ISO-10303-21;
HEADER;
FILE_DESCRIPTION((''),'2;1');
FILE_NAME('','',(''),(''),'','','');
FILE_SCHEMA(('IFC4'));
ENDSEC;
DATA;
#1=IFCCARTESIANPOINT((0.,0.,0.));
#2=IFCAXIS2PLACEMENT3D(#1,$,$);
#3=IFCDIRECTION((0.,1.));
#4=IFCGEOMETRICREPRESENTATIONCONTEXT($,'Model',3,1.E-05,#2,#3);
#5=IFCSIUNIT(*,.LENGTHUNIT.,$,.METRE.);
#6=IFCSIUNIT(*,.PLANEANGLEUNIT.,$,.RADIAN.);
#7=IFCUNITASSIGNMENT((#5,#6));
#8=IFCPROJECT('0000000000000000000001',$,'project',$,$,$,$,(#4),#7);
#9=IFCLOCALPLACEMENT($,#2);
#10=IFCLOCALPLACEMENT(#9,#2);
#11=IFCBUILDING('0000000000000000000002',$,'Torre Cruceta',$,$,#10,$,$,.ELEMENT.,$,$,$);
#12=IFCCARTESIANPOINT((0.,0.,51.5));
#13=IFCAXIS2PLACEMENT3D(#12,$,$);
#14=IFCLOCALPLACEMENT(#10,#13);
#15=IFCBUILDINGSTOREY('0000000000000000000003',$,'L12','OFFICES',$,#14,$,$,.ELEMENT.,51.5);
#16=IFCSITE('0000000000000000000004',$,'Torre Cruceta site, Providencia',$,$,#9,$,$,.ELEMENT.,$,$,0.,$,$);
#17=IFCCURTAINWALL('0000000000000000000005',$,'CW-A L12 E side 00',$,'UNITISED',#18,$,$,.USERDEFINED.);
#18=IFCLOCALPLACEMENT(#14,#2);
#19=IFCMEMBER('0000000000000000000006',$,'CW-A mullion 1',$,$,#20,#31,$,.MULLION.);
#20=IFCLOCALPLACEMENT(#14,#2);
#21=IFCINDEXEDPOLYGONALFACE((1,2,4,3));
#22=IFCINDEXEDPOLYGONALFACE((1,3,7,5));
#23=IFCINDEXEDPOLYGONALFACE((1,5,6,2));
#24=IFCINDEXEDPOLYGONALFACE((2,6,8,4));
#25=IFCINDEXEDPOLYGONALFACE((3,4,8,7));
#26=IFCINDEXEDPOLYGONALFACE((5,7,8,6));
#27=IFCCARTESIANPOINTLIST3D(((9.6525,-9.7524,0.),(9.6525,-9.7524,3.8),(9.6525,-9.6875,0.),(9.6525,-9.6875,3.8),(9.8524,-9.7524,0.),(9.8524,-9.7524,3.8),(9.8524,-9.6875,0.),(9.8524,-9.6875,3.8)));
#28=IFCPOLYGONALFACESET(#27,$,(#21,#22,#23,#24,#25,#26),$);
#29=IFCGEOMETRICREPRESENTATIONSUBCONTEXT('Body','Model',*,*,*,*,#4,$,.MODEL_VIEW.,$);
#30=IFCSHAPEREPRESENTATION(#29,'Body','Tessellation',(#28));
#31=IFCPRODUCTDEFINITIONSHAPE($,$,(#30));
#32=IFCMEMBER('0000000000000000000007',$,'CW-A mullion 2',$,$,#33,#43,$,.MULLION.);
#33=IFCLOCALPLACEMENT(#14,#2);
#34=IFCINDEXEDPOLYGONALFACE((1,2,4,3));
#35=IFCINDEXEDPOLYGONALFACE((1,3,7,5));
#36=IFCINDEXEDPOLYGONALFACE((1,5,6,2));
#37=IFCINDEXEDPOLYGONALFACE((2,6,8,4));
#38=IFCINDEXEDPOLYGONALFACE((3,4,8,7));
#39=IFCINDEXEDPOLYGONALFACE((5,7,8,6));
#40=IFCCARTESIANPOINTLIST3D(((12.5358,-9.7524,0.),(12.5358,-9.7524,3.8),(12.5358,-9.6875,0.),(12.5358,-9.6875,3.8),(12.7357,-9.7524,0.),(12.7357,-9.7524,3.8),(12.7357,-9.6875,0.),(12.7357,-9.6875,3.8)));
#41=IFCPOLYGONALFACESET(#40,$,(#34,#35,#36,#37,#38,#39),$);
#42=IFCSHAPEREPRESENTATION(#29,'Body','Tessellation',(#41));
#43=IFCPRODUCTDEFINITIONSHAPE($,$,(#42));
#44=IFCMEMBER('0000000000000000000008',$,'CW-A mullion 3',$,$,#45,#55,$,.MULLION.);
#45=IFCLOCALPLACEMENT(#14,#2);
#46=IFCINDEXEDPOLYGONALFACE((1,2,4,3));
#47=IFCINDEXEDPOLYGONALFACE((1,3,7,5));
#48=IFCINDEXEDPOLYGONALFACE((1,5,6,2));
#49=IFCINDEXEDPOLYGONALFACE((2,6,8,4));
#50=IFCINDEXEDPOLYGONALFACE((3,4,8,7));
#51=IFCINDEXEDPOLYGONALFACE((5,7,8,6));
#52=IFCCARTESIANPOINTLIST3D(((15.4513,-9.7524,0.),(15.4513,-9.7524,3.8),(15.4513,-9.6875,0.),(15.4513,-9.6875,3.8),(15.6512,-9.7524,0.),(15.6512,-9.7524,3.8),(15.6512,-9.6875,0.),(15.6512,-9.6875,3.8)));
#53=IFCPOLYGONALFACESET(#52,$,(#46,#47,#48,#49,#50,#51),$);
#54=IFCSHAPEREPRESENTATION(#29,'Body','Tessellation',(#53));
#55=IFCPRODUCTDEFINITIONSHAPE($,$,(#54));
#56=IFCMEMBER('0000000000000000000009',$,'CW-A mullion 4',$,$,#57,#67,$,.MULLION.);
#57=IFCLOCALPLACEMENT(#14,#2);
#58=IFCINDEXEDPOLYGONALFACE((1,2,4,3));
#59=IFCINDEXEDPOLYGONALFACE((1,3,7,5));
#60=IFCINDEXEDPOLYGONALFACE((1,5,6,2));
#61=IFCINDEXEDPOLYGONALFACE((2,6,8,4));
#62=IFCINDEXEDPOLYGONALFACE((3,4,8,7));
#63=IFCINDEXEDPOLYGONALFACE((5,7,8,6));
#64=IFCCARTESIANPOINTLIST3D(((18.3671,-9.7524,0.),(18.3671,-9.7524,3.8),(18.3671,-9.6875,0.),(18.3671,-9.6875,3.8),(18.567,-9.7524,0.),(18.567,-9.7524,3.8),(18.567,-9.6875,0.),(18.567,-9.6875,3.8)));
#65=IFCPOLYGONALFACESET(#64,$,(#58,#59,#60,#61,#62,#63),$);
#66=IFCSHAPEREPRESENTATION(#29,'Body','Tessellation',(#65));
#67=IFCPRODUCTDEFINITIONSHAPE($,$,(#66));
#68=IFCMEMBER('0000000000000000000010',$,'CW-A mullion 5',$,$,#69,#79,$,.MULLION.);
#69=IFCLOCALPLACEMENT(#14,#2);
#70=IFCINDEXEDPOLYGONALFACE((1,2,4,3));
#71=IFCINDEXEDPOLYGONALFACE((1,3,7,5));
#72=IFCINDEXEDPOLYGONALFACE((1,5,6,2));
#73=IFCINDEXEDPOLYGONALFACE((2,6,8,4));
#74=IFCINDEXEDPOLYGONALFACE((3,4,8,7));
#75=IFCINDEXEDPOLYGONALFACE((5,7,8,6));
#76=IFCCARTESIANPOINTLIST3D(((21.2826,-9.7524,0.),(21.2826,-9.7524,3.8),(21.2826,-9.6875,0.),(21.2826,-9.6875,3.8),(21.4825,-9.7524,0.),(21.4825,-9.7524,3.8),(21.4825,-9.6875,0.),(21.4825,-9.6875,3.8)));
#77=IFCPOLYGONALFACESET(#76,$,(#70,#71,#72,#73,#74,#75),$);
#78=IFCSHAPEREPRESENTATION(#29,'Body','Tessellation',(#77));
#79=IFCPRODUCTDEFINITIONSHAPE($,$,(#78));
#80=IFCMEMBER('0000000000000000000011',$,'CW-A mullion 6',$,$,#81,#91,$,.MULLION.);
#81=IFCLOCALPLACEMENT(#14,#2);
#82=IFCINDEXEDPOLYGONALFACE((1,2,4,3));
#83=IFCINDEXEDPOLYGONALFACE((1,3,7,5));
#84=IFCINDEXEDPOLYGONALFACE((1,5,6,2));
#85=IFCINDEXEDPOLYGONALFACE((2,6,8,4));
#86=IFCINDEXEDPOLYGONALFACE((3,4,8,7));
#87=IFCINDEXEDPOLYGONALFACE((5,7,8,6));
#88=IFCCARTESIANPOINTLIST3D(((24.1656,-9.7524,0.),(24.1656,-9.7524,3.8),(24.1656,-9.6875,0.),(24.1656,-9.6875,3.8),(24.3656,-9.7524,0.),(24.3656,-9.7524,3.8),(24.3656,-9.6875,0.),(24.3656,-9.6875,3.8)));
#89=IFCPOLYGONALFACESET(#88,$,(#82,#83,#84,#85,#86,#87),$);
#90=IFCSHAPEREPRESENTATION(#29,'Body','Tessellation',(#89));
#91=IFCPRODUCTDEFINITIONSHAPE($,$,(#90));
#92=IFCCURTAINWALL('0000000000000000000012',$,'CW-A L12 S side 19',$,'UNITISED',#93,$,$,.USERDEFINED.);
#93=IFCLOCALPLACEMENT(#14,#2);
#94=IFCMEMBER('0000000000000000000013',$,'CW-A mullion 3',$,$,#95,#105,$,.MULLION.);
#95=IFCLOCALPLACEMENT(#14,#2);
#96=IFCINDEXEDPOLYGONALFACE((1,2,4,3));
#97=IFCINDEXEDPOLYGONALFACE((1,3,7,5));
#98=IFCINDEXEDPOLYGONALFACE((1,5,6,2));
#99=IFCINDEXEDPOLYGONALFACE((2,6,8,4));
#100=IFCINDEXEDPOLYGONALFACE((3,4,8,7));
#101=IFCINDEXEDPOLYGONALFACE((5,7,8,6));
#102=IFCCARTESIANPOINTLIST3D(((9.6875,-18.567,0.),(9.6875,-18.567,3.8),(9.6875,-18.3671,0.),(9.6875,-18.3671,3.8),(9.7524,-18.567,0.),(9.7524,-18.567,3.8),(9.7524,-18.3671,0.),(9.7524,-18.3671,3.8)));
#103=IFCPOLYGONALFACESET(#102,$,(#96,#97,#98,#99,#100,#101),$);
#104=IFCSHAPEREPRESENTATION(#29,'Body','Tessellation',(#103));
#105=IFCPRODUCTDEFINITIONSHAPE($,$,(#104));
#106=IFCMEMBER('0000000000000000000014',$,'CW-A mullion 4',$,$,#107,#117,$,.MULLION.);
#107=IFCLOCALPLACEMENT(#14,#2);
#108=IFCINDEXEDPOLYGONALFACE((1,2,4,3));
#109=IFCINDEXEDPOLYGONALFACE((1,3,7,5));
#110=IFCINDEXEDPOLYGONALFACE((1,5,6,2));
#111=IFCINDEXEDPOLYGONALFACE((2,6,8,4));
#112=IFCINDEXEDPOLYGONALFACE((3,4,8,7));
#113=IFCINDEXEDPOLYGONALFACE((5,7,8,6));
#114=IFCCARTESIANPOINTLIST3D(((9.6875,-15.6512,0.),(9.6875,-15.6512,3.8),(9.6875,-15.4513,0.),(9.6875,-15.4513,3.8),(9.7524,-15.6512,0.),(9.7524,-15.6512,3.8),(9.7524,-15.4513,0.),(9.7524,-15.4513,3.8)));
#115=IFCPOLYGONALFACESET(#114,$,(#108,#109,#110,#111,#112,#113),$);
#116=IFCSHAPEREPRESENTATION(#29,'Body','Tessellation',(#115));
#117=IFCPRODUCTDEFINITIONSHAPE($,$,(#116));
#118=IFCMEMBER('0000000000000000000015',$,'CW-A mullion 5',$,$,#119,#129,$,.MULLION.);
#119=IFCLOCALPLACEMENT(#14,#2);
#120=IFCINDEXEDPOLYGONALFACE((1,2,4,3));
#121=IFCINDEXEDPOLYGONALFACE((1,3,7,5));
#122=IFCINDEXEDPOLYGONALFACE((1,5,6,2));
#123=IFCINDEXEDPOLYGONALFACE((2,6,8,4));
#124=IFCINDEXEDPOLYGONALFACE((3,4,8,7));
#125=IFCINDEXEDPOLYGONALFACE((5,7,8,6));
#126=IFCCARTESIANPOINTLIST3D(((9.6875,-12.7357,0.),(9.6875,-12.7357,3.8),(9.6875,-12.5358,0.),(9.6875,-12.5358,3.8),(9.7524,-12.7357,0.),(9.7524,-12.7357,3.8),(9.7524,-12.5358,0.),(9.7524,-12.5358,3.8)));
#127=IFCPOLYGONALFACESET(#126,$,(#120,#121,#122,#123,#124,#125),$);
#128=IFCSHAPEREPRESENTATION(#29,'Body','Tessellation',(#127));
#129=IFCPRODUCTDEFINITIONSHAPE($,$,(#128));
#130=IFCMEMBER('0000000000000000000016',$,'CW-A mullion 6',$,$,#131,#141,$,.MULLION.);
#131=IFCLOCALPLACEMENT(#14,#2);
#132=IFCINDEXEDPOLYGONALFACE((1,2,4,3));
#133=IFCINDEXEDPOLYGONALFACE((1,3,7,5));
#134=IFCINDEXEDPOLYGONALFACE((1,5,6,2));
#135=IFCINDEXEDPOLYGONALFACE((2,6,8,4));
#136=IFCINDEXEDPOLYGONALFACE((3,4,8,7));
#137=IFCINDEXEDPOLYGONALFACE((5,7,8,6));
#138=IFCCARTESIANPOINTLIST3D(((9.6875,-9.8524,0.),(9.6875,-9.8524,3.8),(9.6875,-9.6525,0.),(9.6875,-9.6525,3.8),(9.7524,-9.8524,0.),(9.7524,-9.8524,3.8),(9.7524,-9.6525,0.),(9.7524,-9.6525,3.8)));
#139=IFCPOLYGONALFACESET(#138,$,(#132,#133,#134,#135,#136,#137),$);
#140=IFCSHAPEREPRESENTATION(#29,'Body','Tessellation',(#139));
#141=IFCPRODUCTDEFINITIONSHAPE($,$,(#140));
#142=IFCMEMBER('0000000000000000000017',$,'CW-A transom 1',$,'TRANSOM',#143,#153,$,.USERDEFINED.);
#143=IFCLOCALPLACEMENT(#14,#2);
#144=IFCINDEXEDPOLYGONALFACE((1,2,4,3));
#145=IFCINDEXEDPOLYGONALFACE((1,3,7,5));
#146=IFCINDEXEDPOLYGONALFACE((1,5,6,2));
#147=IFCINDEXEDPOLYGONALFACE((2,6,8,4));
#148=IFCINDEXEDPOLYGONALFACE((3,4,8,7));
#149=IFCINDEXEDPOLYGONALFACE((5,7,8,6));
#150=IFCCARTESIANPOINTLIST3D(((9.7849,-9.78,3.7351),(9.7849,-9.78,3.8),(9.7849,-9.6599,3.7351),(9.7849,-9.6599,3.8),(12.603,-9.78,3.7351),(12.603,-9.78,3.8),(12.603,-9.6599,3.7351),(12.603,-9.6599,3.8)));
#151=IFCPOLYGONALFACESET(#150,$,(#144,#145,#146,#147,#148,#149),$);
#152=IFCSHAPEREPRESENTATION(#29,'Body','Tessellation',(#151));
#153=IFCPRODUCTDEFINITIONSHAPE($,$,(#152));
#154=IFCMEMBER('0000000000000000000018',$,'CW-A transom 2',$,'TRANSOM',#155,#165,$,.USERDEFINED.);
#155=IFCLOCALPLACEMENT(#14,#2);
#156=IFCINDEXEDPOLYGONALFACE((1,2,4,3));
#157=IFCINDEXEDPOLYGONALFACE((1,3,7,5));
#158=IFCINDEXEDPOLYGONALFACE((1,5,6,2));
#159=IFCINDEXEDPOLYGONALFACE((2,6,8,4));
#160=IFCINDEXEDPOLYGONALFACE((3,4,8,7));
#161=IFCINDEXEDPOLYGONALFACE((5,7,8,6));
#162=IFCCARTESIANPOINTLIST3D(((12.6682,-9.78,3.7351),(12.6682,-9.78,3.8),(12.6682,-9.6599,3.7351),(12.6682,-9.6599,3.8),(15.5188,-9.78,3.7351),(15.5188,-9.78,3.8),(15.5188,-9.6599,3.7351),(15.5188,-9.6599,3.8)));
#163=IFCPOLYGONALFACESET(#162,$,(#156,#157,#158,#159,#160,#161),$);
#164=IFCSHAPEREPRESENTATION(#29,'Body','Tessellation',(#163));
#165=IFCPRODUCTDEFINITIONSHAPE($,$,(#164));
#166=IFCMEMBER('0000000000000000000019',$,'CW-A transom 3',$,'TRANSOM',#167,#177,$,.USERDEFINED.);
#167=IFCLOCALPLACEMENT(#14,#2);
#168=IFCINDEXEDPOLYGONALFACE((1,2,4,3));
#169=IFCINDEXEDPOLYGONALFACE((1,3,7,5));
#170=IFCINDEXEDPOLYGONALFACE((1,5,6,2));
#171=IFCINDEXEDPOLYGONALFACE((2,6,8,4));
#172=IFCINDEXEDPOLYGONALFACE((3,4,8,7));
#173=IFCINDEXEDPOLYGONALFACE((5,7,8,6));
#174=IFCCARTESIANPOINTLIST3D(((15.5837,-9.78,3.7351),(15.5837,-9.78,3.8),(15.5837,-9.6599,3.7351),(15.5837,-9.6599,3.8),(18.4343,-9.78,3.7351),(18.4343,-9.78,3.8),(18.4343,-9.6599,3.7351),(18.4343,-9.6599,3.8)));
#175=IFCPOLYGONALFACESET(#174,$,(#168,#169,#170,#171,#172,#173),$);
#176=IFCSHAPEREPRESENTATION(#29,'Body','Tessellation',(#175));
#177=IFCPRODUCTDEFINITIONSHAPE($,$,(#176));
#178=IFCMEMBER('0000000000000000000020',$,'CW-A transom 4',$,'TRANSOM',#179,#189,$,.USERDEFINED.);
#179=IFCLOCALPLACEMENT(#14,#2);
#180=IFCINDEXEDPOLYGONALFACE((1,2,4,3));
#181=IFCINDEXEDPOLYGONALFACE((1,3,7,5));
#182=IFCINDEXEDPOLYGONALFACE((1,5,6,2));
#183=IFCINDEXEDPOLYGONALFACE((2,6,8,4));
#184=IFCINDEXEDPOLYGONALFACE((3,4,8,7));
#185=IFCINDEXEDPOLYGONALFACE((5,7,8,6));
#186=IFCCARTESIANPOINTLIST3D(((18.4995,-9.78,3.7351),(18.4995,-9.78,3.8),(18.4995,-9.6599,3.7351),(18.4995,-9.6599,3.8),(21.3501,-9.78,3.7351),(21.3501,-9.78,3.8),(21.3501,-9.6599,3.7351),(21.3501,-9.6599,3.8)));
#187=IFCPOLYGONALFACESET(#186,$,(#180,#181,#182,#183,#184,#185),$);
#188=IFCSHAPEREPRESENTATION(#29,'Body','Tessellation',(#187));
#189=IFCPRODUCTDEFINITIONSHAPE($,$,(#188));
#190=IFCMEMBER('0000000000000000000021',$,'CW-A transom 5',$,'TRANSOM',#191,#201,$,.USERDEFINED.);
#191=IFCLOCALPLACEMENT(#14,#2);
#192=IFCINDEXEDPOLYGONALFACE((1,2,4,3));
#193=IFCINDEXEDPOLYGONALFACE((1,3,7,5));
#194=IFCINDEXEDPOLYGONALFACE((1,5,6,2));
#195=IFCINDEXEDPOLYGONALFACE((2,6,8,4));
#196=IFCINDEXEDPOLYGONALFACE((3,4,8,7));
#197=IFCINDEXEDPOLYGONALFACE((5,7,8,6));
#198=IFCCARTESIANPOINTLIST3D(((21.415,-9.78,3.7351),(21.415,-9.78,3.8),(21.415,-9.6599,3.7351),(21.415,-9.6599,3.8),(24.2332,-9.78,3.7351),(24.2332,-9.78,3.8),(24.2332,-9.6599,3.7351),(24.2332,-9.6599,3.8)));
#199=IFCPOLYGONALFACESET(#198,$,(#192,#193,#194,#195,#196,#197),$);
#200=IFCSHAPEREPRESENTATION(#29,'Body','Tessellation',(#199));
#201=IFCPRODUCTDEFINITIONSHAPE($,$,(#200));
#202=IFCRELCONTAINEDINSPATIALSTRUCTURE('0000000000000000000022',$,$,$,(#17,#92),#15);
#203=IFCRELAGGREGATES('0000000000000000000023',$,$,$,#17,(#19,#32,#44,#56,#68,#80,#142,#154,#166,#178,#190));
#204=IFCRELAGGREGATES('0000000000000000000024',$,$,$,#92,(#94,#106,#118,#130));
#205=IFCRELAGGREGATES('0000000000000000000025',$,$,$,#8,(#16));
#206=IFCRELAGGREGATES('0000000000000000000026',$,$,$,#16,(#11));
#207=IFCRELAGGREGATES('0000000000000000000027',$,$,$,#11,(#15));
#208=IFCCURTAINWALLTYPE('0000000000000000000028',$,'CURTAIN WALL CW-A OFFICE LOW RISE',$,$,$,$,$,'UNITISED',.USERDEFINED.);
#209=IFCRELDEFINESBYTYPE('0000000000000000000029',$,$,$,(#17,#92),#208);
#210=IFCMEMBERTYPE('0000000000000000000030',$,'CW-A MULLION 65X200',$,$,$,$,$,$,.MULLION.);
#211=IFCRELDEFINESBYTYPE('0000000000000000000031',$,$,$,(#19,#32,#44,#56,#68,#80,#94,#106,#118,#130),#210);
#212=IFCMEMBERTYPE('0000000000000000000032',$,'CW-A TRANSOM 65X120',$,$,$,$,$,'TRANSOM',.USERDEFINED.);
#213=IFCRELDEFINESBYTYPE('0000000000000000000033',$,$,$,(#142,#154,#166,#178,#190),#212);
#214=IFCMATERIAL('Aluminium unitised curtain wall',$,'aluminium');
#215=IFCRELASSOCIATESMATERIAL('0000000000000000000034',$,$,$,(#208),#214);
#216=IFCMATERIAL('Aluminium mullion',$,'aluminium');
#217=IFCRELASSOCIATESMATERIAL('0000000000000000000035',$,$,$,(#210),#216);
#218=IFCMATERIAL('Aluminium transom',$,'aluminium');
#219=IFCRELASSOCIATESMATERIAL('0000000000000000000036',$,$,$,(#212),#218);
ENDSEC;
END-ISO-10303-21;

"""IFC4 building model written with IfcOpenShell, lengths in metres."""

from ifc_helpers import new_model, si_unit, direction, frame, origin, origin_2d, place, context, subcontext, project, spatial, rectangle, extrude, material, material_profile, profile_set, type_object, element, aggregate, save


model = new_model("IFC4")

# Units and contexts
model_context = context("Model", 3, precision=1e-05, world=origin(), true_north=direction((0.0, 1.0)))
body_context = subcontext(model_context, "Body", "Model", "MODEL_VIEW")
ifc_project = project(units=[si_unit("LENGTHUNIT", "METRE"), si_unit("PLANEANGLEUNIT", "RADIAN")], contexts=[model_context])

# Site, building, storey
site_placement = place(None, origin())
site = spatial("IfcSite", under=ifc_project, at=site_placement, Name="Torre Cruceta site, Providencia", CompositionType="ELEMENT", RefElevation=0.0)
building_placement = place(site_placement, origin())
building = spatial("IfcBuilding", under=site, at=building_placement, Name="Torre Cruceta", CompositionType="ELEMENT")
storey_placement = place(building_placement, frame((0.0, 0.0, 51.5)))
storey = spatial("IfcBuildingStorey", under=building, at=storey_placement, Name="L12", Description="OFFICES", CompositionType="ELEMENT", Elevation=51.5)

# Curtain walls, members
ifc_material_1 = material(Name="Aluminium unitised curtain wall", Category="aluminium")
curtain_wall_type = type_object("IfcCurtainWallType", Name="CURTAIN WALL CW-A OFFICE LOW RISE", ElementType="UNITISED", PredefinedType="USERDEFINED", material=ifc_material_1)
curtain_wall_1_placement = place(storey_placement, origin())
curtain_wall_1 = element("IfcCurtainWall", 1, at=curtain_wall_1_placement, inside=storey, type_object=curtain_wall_type, Name="CW-A L12 E side 00", ObjectType="UNITISED", PredefinedType="USERDEFINED")
ifc_material_2 = material(Name="Aluminium mullion", Category="aluminium")
ifc_material_profile_1 = material_profile(ifc_material_2, rectangle(XDim=0.0649, YDim=0.2, at=origin_2d()), Name="AL 65X200")
ifc_profile_set_1 = profile_set([ifc_material_profile_1], Name="Aluminium mullion")
member_type_1 = type_object("IfcMemberType", Name="CW-A MULLION 65X200", PredefinedType="MULLION", material=ifc_profile_set_1)
member_1_placement = place(storey_placement, frame((9.7524, -9.72, 0.0), z_axis=(0.0, 0.0, 1.0), x_axis=(0.0, 1.0, 0.0)))
member_1 = element("IfcMember", 2, at=member_1_placement, type_object=member_type_1, Name="CW-A mullion 1", PredefinedType="MULLION", context=body_context, shape_type="SweptSolid", body=[
    extrude(rectangle(XDim=0.0649, YDim=0.2, at=origin_2d()), origin(), (0.0, 0.0, 1.0), 3.8),
])
member_2_placement = place(storey_placement, frame((12.6357, -9.72, 0.0), z_axis=(0.0, 0.0, 1.0), x_axis=(0.0, 1.0, 0.0)))
member_2 = element("IfcMember", 3, at=member_2_placement, type_object=member_type_1, Name="CW-A mullion 2", PredefinedType="MULLION", context=body_context, shape_type="SweptSolid", body=[
    extrude(rectangle(XDim=0.0649, YDim=0.2, at=origin_2d()), origin(), (0.0, 0.0, 1.0), 3.8),
])
member_3_placement = place(storey_placement, frame((15.5513, -9.72, 0.0), z_axis=(0.0, 0.0, 1.0), x_axis=(0.0, 1.0, 0.0)))
member_3 = element("IfcMember", 4, at=member_3_placement, type_object=member_type_1, Name="CW-A mullion 3", PredefinedType="MULLION", context=body_context, shape_type="SweptSolid", body=[
    extrude(rectangle(XDim=0.0649, YDim=0.2, at=origin_2d()), origin(), (0.0, 0.0, 1.0), 3.8),
])
member_4_placement = place(storey_placement, frame((18.467, -9.72, 0.0), z_axis=(0.0, 0.0, 1.0), x_axis=(0.0, 1.0, 0.0)))
member_4 = element("IfcMember", 5, at=member_4_placement, type_object=member_type_1, Name="CW-A mullion 4", PredefinedType="MULLION", context=body_context, shape_type="SweptSolid", body=[
    extrude(rectangle(XDim=0.0649, YDim=0.2, at=origin_2d()), origin(), (0.0, 0.0, 1.0), 3.8),
])
member_5_placement = place(storey_placement, frame((21.3826, -9.72, 0.0), z_axis=(0.0, 0.0, 1.0), x_axis=(0.0, 1.0, 0.0)))
member_5 = element("IfcMember", 6, at=member_5_placement, type_object=member_type_1, Name="CW-A mullion 5", PredefinedType="MULLION", context=body_context, shape_type="SweptSolid", body=[
    extrude(rectangle(XDim=0.0649, YDim=0.2, at=origin_2d()), origin(), (0.0, 0.0, 1.0), 3.8),
])
member_6_placement = place(storey_placement, frame((24.2656, -9.72, 0.0), z_axis=(0.0, 0.0, 1.0), x_axis=(0.0, 1.0, 0.0)))
member_6 = element("IfcMember", 7, at=member_6_placement, type_object=member_type_1, Name="CW-A mullion 6", PredefinedType="MULLION", context=body_context, shape_type="SweptSolid", body=[
    extrude(rectangle(XDim=0.0649, YDim=0.2, at=origin_2d()), origin(), (0.0, 0.0, 1.0), 3.8),
])
curtain_wall_2_placement = place(storey_placement, origin())
curtain_wall_2 = element("IfcCurtainWall", 8, at=curtain_wall_2_placement, inside=storey, type_object=curtain_wall_type, Name="CW-A L12 S side 19", ObjectType="UNITISED", PredefinedType="USERDEFINED")
member_7_placement = place(storey_placement, frame((9.72, -18.467, 0.0), z_axis=(0.0, 0.0, 1.0), x_axis=(-1.0, 0.0, 0.0)))
member_7 = element("IfcMember", 9, at=member_7_placement, type_object=member_type_1, Name="CW-A mullion 3", PredefinedType="MULLION", context=body_context, shape_type="SweptSolid", body=[
    extrude(rectangle(XDim=0.0649, YDim=0.2, at=origin_2d()), origin(), (0.0, 0.0, 1.0), 3.8),
])
member_8_placement = place(storey_placement, frame((9.72, -15.5513, 0.0), z_axis=(0.0, 0.0, 1.0), x_axis=(-1.0, 0.0, 0.0)))
member_8 = element("IfcMember", 10, at=member_8_placement, type_object=member_type_1, Name="CW-A mullion 4", PredefinedType="MULLION", context=body_context, shape_type="SweptSolid", body=[
    extrude(rectangle(XDim=0.0649, YDim=0.2, at=origin_2d()), origin(), (0.0, 0.0, 1.0), 3.8),
])
member_9_placement = place(storey_placement, frame((9.72, -12.6357, 0.0), z_axis=(0.0, 0.0, 1.0), x_axis=(-1.0, 0.0, 0.0)))
member_9 = element("IfcMember", 11, at=member_9_placement, type_object=member_type_1, Name="CW-A mullion 5", PredefinedType="MULLION", context=body_context, shape_type="SweptSolid", body=[
    extrude(rectangle(XDim=0.0649, YDim=0.2, at=origin_2d()), origin(), (0.0, 0.0, 1.0), 3.8),
])
member_10_placement = place(storey_placement, frame((9.72, -9.7524, 0.0), z_axis=(0.0, 0.0, 1.0), x_axis=(-1.0, 0.0, 0.0)))
member_10 = element("IfcMember", 12, at=member_10_placement, type_object=member_type_1, Name="CW-A mullion 6", PredefinedType="MULLION", context=body_context, shape_type="SweptSolid", body=[
    extrude(rectangle(XDim=0.0649, YDim=0.2, at=origin_2d()), origin(), (0.0, 0.0, 1.0), 3.8),
])

# Members
ifc_material_3 = material(Name="Aluminium transom", Category="aluminium")
ifc_material_profile_2 = material_profile(ifc_material_3, rectangle(XDim=0.1201, YDim=0.0649, at=origin_2d()), Name="AL 120X65")
ifc_profile_set_2 = profile_set([ifc_material_profile_2], Name="Aluminium transom")
member_type_2 = type_object("IfcMemberType", Name="CW-A TRANSOM 65X120", ElementType="TRANSOM", PredefinedType="USERDEFINED", material=ifc_profile_set_2)
member_11_placement = place(storey_placement, frame((9.7849, -9.72, 3.7676), z_axis=(1.0, 0.0, 0.0), x_axis=(0.0, 1.0, 0.0)))
member_11 = element("IfcMember", 13, at=member_11_placement, type_object=member_type_2, Name="CW-A transom 1", ObjectType="TRANSOM", PredefinedType="USERDEFINED", context=body_context, shape_type="SweptSolid", body=[
    extrude(rectangle(XDim=0.1201, YDim=0.0649, at=origin_2d()), origin(), (0.0, 0.0, 1.0), 2.8181),
])
member_12_placement = place(storey_placement, frame((12.6682, -9.72, 3.7676), z_axis=(1.0, 0.0, 0.0), x_axis=(0.0, 1.0, 0.0)))
member_12 = element("IfcMember", 14, at=member_12_placement, type_object=member_type_2, Name="CW-A transom 2", ObjectType="TRANSOM", PredefinedType="USERDEFINED", context=body_context, shape_type="SweptSolid", body=[
    extrude(rectangle(XDim=0.1201, YDim=0.0649, at=origin_2d()), origin(), (0.0, 0.0, 1.0), 2.8506),
])
member_13_placement = place(storey_placement, frame((15.5837, -9.72, 3.7676), z_axis=(1.0, 0.0, 0.0), x_axis=(0.0, 1.0, 0.0)))
member_13 = element("IfcMember", 15, at=member_13_placement, type_object=member_type_2, Name="CW-A transom 3", ObjectType="TRANSOM", PredefinedType="USERDEFINED", context=body_context, shape_type="SweptSolid", body=[
    extrude(rectangle(XDim=0.1201, YDim=0.0649, at=origin_2d()), origin(), (0.0, 0.0, 1.0), 2.8506),
])
member_14_placement = place(storey_placement, frame((18.4995, -9.72, 3.7676), z_axis=(1.0, 0.0, 0.0), x_axis=(0.0, 1.0, 0.0)))
member_14 = element("IfcMember", 16, at=member_14_placement, type_object=member_type_2, Name="CW-A transom 4", ObjectType="TRANSOM", PredefinedType="USERDEFINED", context=body_context, shape_type="SweptSolid", body=[
    extrude(rectangle(XDim=0.1201, YDim=0.0649, at=origin_2d()), origin(), (0.0, 0.0, 1.0), 2.8506),
])
member_15_placement = place(storey_placement, frame((21.415, -9.72, 3.7676), z_axis=(1.0, 0.0, 0.0), x_axis=(0.0, 1.0, 0.0)))
member_15 = element("IfcMember", 17, at=member_15_placement, type_object=member_type_2, Name="CW-A transom 5", ObjectType="TRANSOM", PredefinedType="USERDEFINED", context=body_context, shape_type="SweptSolid", body=[
    extrude(rectangle(XDim=0.1201, YDim=0.0649, at=origin_2d()), origin(), (0.0, 0.0, 1.0), 2.8181),
])

aggregate(curtain_wall_1, [member_1, member_2, member_3, member_4, member_5, member_6, member_11, member_12, member_13, member_14, member_15])
aggregate(curtain_wall_2, [member_7, member_8, member_9, member_10])

save(model, "model.ifc")
